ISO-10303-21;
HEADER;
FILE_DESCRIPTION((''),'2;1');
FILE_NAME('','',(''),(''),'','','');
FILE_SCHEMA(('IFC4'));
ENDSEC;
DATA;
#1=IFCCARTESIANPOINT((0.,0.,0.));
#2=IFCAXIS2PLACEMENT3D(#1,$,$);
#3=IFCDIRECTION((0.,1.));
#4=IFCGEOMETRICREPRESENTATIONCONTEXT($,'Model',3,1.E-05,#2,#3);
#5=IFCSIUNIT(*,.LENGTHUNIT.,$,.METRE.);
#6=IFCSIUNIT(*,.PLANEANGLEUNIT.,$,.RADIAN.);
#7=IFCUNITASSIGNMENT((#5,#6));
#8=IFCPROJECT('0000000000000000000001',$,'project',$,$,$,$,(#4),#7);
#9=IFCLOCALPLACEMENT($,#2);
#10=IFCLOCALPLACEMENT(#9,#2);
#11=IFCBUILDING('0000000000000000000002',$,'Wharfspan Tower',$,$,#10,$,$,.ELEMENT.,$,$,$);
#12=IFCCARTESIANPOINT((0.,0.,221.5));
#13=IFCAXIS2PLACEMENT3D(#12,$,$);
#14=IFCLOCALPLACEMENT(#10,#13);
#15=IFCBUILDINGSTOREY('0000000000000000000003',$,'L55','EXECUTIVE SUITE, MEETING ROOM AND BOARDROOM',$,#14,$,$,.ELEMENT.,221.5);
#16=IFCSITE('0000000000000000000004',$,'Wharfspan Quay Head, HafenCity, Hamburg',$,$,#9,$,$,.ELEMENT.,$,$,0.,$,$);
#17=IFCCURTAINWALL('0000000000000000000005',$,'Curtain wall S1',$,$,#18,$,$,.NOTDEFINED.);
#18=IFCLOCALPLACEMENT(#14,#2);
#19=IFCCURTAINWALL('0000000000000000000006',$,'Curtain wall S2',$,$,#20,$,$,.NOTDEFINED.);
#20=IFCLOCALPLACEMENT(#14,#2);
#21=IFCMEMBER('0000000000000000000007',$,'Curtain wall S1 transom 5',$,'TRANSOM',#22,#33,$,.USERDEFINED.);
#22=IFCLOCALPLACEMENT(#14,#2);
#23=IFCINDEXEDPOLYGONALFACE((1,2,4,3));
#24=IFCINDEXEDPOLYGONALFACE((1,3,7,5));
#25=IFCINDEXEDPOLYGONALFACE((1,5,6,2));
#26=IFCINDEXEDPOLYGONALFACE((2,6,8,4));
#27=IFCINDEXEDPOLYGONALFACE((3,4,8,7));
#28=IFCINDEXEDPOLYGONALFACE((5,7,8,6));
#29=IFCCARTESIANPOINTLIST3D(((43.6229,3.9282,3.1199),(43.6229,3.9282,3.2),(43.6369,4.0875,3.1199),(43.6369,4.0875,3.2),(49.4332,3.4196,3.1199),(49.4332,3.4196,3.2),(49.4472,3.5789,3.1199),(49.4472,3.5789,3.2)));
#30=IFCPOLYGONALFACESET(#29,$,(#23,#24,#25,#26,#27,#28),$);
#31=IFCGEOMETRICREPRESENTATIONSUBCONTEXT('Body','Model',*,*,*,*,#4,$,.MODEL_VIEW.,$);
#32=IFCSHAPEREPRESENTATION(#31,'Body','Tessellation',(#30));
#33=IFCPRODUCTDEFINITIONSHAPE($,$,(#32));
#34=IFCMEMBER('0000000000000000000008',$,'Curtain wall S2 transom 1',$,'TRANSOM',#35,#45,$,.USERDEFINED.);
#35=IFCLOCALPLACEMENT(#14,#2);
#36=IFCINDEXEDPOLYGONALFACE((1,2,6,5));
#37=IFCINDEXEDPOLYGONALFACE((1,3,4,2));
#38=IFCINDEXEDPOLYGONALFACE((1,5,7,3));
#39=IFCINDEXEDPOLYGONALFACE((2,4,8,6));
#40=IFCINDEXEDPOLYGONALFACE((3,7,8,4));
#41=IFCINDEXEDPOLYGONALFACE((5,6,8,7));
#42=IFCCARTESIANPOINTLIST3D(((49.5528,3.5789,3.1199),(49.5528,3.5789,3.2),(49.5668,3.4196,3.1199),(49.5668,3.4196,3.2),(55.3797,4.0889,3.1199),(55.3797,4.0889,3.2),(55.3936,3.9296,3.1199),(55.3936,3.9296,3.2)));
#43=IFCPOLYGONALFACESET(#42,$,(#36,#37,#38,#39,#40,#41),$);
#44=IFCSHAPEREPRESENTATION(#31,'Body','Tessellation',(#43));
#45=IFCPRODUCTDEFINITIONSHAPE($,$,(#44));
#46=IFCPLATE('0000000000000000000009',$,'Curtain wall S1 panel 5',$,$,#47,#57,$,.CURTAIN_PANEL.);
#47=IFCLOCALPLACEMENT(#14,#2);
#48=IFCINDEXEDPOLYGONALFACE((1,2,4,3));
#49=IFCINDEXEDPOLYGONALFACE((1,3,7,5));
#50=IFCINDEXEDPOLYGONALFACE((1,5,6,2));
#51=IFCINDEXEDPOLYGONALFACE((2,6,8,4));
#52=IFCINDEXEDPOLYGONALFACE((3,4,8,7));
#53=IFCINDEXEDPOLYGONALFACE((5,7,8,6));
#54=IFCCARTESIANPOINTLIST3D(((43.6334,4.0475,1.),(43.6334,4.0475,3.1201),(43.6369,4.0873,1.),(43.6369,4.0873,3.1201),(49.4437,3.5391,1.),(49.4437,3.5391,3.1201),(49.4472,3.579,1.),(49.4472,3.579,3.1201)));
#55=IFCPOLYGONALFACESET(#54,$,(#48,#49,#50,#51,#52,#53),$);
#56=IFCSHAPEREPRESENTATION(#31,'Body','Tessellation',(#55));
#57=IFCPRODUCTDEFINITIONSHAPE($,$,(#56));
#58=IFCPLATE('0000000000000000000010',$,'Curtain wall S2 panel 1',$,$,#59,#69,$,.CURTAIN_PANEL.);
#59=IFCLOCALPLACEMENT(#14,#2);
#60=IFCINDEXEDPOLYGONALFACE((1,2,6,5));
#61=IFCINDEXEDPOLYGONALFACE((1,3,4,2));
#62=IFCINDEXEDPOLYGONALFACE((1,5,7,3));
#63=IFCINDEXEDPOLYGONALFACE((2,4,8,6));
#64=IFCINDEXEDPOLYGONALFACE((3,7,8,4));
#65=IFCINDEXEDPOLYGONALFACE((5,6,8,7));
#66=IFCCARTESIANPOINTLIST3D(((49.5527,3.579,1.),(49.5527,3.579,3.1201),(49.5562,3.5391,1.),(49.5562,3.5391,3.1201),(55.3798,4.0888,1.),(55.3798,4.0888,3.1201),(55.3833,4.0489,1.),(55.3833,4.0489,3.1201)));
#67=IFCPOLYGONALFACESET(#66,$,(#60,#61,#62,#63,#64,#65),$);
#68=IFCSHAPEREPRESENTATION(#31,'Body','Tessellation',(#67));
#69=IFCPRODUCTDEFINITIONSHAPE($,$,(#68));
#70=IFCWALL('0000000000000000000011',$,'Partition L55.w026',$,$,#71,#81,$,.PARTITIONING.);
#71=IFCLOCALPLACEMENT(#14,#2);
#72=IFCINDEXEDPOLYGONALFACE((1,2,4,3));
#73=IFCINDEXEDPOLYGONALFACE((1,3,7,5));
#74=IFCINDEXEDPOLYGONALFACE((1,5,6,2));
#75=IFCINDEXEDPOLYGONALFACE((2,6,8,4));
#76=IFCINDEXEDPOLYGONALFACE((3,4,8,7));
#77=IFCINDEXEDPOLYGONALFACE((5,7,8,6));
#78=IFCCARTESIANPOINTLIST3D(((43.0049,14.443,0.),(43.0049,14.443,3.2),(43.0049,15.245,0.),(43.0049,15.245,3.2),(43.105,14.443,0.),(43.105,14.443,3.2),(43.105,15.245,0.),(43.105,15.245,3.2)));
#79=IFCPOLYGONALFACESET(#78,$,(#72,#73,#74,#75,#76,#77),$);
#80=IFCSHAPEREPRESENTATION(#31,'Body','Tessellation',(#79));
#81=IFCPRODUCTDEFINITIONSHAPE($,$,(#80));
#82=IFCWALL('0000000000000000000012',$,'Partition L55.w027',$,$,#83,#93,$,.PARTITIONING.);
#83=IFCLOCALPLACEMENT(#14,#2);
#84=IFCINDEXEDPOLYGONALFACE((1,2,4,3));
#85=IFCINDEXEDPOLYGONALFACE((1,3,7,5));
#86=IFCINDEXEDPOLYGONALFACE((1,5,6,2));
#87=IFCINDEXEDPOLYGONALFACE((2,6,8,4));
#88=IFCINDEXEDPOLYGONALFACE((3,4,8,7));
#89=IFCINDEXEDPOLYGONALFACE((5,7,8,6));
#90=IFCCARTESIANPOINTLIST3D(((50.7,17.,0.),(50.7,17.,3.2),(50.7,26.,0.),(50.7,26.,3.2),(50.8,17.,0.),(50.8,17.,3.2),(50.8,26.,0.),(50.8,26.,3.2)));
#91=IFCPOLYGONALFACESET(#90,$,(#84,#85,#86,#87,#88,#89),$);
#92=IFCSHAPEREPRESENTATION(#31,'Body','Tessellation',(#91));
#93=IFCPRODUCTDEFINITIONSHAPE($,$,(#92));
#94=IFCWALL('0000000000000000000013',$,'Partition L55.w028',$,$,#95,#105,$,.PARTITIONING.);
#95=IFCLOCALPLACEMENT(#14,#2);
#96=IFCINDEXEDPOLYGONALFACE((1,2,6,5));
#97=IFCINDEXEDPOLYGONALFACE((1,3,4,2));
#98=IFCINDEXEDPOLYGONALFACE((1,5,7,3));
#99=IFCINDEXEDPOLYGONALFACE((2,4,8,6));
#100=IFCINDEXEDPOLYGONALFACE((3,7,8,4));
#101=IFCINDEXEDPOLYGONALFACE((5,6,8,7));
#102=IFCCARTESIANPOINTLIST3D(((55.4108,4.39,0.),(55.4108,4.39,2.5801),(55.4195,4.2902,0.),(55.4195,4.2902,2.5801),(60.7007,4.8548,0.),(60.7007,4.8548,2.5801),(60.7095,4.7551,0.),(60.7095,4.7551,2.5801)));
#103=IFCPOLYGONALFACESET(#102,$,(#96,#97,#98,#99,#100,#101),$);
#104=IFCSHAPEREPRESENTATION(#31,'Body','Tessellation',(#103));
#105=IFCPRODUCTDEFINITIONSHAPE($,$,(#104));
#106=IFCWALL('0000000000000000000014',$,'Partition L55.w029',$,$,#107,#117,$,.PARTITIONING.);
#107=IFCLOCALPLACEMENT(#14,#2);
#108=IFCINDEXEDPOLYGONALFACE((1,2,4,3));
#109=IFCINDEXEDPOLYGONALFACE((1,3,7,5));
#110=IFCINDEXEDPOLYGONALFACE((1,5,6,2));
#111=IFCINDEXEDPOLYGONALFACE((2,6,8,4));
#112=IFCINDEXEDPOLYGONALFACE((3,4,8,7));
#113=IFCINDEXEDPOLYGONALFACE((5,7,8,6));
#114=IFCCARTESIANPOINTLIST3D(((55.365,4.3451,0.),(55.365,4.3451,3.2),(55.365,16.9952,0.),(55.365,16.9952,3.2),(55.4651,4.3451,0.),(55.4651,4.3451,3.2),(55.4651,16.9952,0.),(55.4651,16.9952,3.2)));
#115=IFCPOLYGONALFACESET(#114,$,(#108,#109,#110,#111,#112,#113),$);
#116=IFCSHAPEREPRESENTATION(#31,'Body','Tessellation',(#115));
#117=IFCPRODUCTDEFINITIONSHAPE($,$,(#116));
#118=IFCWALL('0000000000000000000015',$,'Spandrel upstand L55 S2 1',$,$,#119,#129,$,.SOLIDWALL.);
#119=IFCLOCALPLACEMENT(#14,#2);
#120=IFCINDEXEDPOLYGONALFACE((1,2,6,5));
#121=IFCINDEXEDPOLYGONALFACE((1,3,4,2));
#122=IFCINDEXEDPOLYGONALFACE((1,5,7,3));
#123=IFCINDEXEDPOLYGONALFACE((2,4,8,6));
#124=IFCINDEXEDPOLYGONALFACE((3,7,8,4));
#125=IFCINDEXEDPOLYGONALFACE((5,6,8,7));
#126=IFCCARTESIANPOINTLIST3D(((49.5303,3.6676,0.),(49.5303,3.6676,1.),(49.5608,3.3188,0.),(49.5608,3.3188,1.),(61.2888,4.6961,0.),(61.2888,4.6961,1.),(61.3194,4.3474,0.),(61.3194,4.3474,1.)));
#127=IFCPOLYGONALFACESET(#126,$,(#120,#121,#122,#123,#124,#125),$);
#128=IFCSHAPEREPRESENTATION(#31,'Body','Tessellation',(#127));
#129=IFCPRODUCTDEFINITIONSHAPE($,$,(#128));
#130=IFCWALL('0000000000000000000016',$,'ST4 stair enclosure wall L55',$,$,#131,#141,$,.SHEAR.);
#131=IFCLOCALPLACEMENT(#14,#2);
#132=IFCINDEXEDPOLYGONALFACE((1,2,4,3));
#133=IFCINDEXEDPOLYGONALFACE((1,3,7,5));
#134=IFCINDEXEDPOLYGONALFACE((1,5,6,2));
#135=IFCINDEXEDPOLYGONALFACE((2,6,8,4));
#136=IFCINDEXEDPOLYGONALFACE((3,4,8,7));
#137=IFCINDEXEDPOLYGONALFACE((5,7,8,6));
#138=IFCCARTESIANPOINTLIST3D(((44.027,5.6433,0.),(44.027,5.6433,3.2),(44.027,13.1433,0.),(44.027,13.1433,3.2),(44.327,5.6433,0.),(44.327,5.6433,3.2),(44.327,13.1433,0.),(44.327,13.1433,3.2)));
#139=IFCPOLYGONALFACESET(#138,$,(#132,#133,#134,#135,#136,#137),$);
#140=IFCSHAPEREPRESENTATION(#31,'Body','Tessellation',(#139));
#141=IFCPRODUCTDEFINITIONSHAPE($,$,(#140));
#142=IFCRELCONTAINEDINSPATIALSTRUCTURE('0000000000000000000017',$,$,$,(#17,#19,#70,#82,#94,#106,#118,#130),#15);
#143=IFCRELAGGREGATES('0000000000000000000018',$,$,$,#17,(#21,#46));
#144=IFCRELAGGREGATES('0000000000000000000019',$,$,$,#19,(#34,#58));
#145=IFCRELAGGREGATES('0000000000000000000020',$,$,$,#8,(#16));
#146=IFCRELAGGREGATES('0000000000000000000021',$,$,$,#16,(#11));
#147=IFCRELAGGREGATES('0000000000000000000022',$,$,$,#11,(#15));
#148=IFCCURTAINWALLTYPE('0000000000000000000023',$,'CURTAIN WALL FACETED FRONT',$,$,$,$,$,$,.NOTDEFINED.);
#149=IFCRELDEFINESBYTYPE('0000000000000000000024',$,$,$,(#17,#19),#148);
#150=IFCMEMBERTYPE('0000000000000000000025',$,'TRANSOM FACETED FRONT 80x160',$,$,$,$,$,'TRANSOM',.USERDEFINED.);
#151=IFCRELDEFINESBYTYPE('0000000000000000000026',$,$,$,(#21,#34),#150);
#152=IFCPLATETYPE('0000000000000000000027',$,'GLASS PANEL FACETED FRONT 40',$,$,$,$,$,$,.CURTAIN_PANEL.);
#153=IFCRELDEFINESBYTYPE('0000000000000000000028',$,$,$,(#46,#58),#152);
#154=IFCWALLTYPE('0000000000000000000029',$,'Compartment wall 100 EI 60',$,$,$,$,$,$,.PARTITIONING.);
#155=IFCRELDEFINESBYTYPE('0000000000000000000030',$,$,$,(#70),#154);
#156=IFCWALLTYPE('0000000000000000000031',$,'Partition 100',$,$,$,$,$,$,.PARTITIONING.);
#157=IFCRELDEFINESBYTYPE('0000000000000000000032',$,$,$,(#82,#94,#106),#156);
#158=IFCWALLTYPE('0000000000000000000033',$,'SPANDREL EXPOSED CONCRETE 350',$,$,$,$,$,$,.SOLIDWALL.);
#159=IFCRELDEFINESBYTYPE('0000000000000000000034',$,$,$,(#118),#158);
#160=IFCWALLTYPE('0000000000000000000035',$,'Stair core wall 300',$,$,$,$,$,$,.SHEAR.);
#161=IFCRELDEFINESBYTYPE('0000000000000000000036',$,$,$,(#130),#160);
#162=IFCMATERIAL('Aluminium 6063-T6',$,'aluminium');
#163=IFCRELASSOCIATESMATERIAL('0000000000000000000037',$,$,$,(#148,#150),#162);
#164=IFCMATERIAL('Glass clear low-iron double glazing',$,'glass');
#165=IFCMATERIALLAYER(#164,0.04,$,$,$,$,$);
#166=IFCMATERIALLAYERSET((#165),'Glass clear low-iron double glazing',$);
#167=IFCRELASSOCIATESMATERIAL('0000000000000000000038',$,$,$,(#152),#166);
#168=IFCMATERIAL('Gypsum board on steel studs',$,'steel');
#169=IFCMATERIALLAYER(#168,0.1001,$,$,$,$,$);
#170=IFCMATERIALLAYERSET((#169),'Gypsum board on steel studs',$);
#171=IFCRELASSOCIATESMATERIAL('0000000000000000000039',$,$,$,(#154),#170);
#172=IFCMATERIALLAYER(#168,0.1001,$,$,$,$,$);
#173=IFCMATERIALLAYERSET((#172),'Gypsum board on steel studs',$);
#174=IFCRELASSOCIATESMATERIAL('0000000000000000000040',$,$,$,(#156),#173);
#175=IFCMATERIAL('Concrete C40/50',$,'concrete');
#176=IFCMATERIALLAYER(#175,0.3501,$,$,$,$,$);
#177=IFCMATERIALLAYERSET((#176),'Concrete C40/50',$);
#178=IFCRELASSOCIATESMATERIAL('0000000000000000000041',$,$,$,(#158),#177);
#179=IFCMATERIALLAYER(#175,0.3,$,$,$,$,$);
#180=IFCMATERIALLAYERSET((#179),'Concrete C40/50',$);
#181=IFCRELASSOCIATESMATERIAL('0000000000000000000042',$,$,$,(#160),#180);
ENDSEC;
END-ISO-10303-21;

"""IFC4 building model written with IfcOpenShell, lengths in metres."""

from ifc_helpers import new_model, si_unit, direction, frame, frame_2d, origin, origin_2d, place, context, subcontext, project, spatial, rectangle, extrude, material, layer, layer_set, material_profile, profile_set, type_object, element, aggregate, save


model = new_model("IFC4")

# Units and contexts
model_context = context("Model", 3, precision=1e-05, world=origin(), true_north=direction((0.0, 1.0)))
body_context = subcontext(model_context, "Body", "Model", "MODEL_VIEW")
ifc_project = project(units=[si_unit("LENGTHUNIT", "METRE"), si_unit("PLANEANGLEUNIT", "RADIAN")], contexts=[model_context])

# Site, building, storey
site_placement = place(None, origin())
site = spatial("IfcSite", under=ifc_project, at=site_placement, Name="Wharfspan Quay Head, HafenCity, Hamburg", CompositionType="ELEMENT", RefElevation=0.0)
building_placement = place(site_placement, origin())
building = spatial("IfcBuilding", under=site, at=building_placement, Name="Wharfspan Tower", CompositionType="ELEMENT")
storey_placement = place(building_placement, frame((0.0, 0.0, 221.5)))
storey = spatial("IfcBuildingStorey", under=building, at=storey_placement, Name="L55", Description="EXECUTIVE SUITE, MEETING ROOM AND BOARDROOM", CompositionType="ELEMENT", Elevation=221.5)

# Curtain wall
ifc_material_1 = material(Name="Aluminium 6063-T6", Category="aluminium")
curtain_wall_type = type_object("IfcCurtainWallType", Name="CURTAIN WALL FACETED FRONT", PredefinedType="NOTDEFINED", material=ifc_material_1)
curtain_wall_1_placement = place(storey_placement, origin())
curtain_wall_1 = element("IfcCurtainWall", 1, at=curtain_wall_1_placement, inside=storey, type_object=curtain_wall_type, Name="Curtain wall S1", PredefinedType="NOTDEFINED")

# Curtain wall
curtain_wall_2_placement = place(storey_placement, origin())
curtain_wall_2 = element("IfcCurtainWall", 2, at=curtain_wall_2_placement, inside=storey, type_object=curtain_wall_type, Name="Curtain wall S2", PredefinedType="NOTDEFINED")

# Members
ifc_material_profile_1 = material_profile(ifc_material_1, rectangle(XDim=0.1599, YDim=0.0801, at=origin_2d()))
ifc_profile_set_1 = profile_set([ifc_material_profile_1], Name="Aluminium 6063-T6")
member_type_1 = type_object("IfcMemberType", Name="TRANSOM FACETED FRONT 80x160", ElementType="TRANSOM", PredefinedType="USERDEFINED", material=ifc_profile_set_1)
member_1_placement = place(storey_placement, frame((43.6299, 4.0078, 3.1599), z_axis=(0.996192, -0.087191, 0.0), x_axis=(0.087191, 0.996192, 0.0)))
member_1 = element("IfcMember", 3, at=member_1_placement, type_object=member_type_1, Name="Curtain wall S1 transom 5", ObjectType="TRANSOM", PredefinedType="USERDEFINED", context=body_context, shape_type="SweptSolid", body=[
    extrude(rectangle(XDim=0.1599, YDim=0.0801, at=origin_2d()), origin(), (0.0, 0.0, 1.0), 5.8325),
])
member_2_placement = place(storey_placement, frame((49.5598, 3.4993, 3.1599), z_axis=(0.996191, 0.087193, 0.0), x_axis=(-0.087193, 0.996191, 0.0)))
member_2 = element("IfcMember", 4, at=member_2_placement, type_object=member_type_1, Name="Curtain wall S2 transom 1", ObjectType="TRANSOM", PredefinedType="USERDEFINED", context=body_context, shape_type="SweptSolid", body=[
    extrude(rectangle(XDim=0.1599, YDim=0.0801, at=origin_2d()), origin(), (0.0, 0.0, 1.0), 5.8491),
])

# Plates
ifc_material_2 = material(Name="Glass clear low-iron double glazing", Category="glass")
ifc_layer_1 = layer(ifc_material_2, 0.04)
ifc_layer_set_1 = layer_set([ifc_layer_1], Name="Glass clear low-iron double glazing")
plate_type = type_object("IfcPlateType", Name="GLASS PANEL FACETED FRONT 40", PredefinedType="CURTAIN_PANEL", material=ifc_layer_set_1)
plate_1_placement = place(storey_placement, frame((46.5403, 3.8132, 1.0), z_axis=(0.0, 0.0, 1.0), x_axis=(0.996197, -0.087156, 0.0)))
plate_1 = element("IfcPlate", 5, at=plate_1_placement, type_object=plate_type, Name="Curtain wall S1 panel 5", PredefinedType="CURTAIN_PANEL", context=body_context, shape_type="SweptSolid", body=[
    extrude(rectangle(XDim=5.8325, YDim=0.04, at=origin_2d()), origin(), (0.0, 0.0, 1.0), 2.1201),
])
aggregate(curtain_wall_1, [member_1, plate_1])
plate_2_placement = place(storey_placement, frame((52.468, 3.814, 1.0), z_axis=(0.0, 0.0, 1.0), x_axis=(0.996197, 0.087156, 0.0)))
plate_2 = element("IfcPlate", 6, at=plate_2_placement, type_object=plate_type, Name="Curtain wall S2 panel 1", PredefinedType="CURTAIN_PANEL", context=body_context, shape_type="SweptSolid", body=[
    extrude(rectangle(XDim=5.8494, YDim=0.04, at=origin_2d()), origin(), (0.0, 0.0, 1.0), 2.1201),
])
aggregate(curtain_wall_2, [member_2, plate_2])

# Walls
ifc_material_3 = material(Name="Gypsum board on steel studs", Category="steel")
ifc_layer_2 = layer(ifc_material_3, 0.1001)
ifc_layer_set_2 = layer_set([ifc_layer_2], Name="Gypsum board on steel studs")
wall_type_1 = type_object("IfcWallType", Name="Compartment wall 100 EI 60", PredefinedType="PARTITIONING", material=ifc_layer_set_2)
wall_1_placement = place(storey_placement, frame((43.0549, 14.4431, 0.0), z_axis=(0.0, 0.0, 1.0), x_axis=(0.0, 1.0, 0.0)))
element("IfcWall", 7, at=wall_1_placement, inside=storey, type_object=wall_type_1, Name="Partition L55.w026", PredefinedType="PARTITIONING", context=body_context, shape_type="SweptSolid", body=[
    extrude(rectangle(XDim=0.802, YDim=0.1001, at=frame_2d((0.4009, 0.0))), origin(), (0.0, 0.0, 1.0), 3.2),
])
ifc_layer_3 = layer(ifc_material_3, 0.1001)
ifc_layer_set_3 = layer_set([ifc_layer_3], Name="Gypsum board on steel studs")
wall_type_2 = type_object("IfcWallType", Name="Partition 100", PredefinedType="PARTITIONING", material=ifc_layer_set_3)
wall_2_placement = place(storey_placement, frame((50.75, 17.0, 0.0), z_axis=(0.0, 0.0, 1.0), x_axis=(0.0, 1.0, 0.0)))
element("IfcWall", 8, at=wall_2_placement, inside=storey, type_object=wall_type_2, Name="Partition L55.w027", PredefinedType="PARTITIONING", context=body_context, shape_type="SweptSolid", body=[
    extrude(rectangle(XDim=9.0, YDim=0.1001, at=frame_2d((4.5, 0.0))), origin(), (0.0, 0.0, 1.0), 3.2),
])
wall_3_placement = place(storey_placement, frame((55.415, 4.3401, 0.0), z_axis=(0.0, 0.0, 1.0), x_axis=(0.996159, 0.087534, 0.0)))
element("IfcWall", 9, at=wall_3_placement, inside=storey, type_object=wall_type_2, Name="Partition L55.w028", PredefinedType="PARTITIONING", context=body_context, shape_type="SweptSolid", body=[
    extrude(rectangle(XDim=5.3103, YDim=0.1001, at=frame_2d((2.6553, 0.0))), origin(), (0.0, 0.0, 1.0), 2.5801),
])
wall_4_placement = place(storey_placement, frame((55.415, 4.345, 0.0), z_axis=(0.0, 0.0, 1.0), x_axis=(0.0, 1.0, 0.0)))
element("IfcWall", 10, at=wall_4_placement, inside=storey, type_object=wall_type_2, Name="Partition L55.w029", PredefinedType="PARTITIONING", context=body_context, shape_type="SweptSolid", body=[
    extrude(rectangle(XDim=12.6501, YDim=0.1001, at=frame_2d((6.3252, 0.0))), origin(), (0.0, 0.0, 1.0), 3.2),
])
ifc_material_4 = material(Name="Concrete C40/50", Category="concrete")
ifc_layer_4 = layer(ifc_material_4, 0.3501)
ifc_layer_set_4 = layer_set([ifc_layer_4], Name="Concrete C40/50")
wall_type_3 = type_object("IfcWallType", Name="SPANDREL EXPOSED CONCRETE 350", PredefinedType="SOLIDWALL", material=ifc_layer_set_4)
wall_5_placement = place(storey_placement, frame((49.5454, 3.4932, 0.0), z_axis=(0.0, 0.0, 1.0), x_axis=(0.996196, 0.087141, 0.0)))
element("IfcWall", 11, at=wall_5_placement, inside=storey, type_object=wall_type_3, Name="Spandrel upstand L55 S2 1", PredefinedType="SOLIDWALL", context=body_context, shape_type="SweptSolid", body=[
    extrude(rectangle(XDim=11.8035, YDim=0.3501, at=frame_2d((5.9019, 0.0))), origin(), (0.0, 0.0, 1.0), 1.0),
])
ifc_layer_5 = layer(ifc_material_4, 0.3)
ifc_layer_set_5 = layer_set([ifc_layer_5], Name="Concrete C40/50")
wall_type_4 = type_object("IfcWallType", Name="Stair core wall 300", PredefinedType="SHEAR", material=ifc_layer_set_5)
wall_6_placement = place(storey_placement, frame((44.177, 5.6433, 0.0), z_axis=(0.0, 0.0, 1.0), x_axis=(0.0, 1.0, 0.0)))
element("IfcWall", 12, at=wall_6_placement, inside=storey, type_object=wall_type_4, Name="ST4 stair enclosure wall L55", PredefinedType="SHEAR", context=body_context, shape_type="SweptSolid", body=[
    extrude(rectangle(XDim=7.5, YDim=0.3, at=frame_2d((3.75, 0.0))), origin(), (0.0, 0.0, 1.0), 3.2),
])

save(model, "model.ifc")
